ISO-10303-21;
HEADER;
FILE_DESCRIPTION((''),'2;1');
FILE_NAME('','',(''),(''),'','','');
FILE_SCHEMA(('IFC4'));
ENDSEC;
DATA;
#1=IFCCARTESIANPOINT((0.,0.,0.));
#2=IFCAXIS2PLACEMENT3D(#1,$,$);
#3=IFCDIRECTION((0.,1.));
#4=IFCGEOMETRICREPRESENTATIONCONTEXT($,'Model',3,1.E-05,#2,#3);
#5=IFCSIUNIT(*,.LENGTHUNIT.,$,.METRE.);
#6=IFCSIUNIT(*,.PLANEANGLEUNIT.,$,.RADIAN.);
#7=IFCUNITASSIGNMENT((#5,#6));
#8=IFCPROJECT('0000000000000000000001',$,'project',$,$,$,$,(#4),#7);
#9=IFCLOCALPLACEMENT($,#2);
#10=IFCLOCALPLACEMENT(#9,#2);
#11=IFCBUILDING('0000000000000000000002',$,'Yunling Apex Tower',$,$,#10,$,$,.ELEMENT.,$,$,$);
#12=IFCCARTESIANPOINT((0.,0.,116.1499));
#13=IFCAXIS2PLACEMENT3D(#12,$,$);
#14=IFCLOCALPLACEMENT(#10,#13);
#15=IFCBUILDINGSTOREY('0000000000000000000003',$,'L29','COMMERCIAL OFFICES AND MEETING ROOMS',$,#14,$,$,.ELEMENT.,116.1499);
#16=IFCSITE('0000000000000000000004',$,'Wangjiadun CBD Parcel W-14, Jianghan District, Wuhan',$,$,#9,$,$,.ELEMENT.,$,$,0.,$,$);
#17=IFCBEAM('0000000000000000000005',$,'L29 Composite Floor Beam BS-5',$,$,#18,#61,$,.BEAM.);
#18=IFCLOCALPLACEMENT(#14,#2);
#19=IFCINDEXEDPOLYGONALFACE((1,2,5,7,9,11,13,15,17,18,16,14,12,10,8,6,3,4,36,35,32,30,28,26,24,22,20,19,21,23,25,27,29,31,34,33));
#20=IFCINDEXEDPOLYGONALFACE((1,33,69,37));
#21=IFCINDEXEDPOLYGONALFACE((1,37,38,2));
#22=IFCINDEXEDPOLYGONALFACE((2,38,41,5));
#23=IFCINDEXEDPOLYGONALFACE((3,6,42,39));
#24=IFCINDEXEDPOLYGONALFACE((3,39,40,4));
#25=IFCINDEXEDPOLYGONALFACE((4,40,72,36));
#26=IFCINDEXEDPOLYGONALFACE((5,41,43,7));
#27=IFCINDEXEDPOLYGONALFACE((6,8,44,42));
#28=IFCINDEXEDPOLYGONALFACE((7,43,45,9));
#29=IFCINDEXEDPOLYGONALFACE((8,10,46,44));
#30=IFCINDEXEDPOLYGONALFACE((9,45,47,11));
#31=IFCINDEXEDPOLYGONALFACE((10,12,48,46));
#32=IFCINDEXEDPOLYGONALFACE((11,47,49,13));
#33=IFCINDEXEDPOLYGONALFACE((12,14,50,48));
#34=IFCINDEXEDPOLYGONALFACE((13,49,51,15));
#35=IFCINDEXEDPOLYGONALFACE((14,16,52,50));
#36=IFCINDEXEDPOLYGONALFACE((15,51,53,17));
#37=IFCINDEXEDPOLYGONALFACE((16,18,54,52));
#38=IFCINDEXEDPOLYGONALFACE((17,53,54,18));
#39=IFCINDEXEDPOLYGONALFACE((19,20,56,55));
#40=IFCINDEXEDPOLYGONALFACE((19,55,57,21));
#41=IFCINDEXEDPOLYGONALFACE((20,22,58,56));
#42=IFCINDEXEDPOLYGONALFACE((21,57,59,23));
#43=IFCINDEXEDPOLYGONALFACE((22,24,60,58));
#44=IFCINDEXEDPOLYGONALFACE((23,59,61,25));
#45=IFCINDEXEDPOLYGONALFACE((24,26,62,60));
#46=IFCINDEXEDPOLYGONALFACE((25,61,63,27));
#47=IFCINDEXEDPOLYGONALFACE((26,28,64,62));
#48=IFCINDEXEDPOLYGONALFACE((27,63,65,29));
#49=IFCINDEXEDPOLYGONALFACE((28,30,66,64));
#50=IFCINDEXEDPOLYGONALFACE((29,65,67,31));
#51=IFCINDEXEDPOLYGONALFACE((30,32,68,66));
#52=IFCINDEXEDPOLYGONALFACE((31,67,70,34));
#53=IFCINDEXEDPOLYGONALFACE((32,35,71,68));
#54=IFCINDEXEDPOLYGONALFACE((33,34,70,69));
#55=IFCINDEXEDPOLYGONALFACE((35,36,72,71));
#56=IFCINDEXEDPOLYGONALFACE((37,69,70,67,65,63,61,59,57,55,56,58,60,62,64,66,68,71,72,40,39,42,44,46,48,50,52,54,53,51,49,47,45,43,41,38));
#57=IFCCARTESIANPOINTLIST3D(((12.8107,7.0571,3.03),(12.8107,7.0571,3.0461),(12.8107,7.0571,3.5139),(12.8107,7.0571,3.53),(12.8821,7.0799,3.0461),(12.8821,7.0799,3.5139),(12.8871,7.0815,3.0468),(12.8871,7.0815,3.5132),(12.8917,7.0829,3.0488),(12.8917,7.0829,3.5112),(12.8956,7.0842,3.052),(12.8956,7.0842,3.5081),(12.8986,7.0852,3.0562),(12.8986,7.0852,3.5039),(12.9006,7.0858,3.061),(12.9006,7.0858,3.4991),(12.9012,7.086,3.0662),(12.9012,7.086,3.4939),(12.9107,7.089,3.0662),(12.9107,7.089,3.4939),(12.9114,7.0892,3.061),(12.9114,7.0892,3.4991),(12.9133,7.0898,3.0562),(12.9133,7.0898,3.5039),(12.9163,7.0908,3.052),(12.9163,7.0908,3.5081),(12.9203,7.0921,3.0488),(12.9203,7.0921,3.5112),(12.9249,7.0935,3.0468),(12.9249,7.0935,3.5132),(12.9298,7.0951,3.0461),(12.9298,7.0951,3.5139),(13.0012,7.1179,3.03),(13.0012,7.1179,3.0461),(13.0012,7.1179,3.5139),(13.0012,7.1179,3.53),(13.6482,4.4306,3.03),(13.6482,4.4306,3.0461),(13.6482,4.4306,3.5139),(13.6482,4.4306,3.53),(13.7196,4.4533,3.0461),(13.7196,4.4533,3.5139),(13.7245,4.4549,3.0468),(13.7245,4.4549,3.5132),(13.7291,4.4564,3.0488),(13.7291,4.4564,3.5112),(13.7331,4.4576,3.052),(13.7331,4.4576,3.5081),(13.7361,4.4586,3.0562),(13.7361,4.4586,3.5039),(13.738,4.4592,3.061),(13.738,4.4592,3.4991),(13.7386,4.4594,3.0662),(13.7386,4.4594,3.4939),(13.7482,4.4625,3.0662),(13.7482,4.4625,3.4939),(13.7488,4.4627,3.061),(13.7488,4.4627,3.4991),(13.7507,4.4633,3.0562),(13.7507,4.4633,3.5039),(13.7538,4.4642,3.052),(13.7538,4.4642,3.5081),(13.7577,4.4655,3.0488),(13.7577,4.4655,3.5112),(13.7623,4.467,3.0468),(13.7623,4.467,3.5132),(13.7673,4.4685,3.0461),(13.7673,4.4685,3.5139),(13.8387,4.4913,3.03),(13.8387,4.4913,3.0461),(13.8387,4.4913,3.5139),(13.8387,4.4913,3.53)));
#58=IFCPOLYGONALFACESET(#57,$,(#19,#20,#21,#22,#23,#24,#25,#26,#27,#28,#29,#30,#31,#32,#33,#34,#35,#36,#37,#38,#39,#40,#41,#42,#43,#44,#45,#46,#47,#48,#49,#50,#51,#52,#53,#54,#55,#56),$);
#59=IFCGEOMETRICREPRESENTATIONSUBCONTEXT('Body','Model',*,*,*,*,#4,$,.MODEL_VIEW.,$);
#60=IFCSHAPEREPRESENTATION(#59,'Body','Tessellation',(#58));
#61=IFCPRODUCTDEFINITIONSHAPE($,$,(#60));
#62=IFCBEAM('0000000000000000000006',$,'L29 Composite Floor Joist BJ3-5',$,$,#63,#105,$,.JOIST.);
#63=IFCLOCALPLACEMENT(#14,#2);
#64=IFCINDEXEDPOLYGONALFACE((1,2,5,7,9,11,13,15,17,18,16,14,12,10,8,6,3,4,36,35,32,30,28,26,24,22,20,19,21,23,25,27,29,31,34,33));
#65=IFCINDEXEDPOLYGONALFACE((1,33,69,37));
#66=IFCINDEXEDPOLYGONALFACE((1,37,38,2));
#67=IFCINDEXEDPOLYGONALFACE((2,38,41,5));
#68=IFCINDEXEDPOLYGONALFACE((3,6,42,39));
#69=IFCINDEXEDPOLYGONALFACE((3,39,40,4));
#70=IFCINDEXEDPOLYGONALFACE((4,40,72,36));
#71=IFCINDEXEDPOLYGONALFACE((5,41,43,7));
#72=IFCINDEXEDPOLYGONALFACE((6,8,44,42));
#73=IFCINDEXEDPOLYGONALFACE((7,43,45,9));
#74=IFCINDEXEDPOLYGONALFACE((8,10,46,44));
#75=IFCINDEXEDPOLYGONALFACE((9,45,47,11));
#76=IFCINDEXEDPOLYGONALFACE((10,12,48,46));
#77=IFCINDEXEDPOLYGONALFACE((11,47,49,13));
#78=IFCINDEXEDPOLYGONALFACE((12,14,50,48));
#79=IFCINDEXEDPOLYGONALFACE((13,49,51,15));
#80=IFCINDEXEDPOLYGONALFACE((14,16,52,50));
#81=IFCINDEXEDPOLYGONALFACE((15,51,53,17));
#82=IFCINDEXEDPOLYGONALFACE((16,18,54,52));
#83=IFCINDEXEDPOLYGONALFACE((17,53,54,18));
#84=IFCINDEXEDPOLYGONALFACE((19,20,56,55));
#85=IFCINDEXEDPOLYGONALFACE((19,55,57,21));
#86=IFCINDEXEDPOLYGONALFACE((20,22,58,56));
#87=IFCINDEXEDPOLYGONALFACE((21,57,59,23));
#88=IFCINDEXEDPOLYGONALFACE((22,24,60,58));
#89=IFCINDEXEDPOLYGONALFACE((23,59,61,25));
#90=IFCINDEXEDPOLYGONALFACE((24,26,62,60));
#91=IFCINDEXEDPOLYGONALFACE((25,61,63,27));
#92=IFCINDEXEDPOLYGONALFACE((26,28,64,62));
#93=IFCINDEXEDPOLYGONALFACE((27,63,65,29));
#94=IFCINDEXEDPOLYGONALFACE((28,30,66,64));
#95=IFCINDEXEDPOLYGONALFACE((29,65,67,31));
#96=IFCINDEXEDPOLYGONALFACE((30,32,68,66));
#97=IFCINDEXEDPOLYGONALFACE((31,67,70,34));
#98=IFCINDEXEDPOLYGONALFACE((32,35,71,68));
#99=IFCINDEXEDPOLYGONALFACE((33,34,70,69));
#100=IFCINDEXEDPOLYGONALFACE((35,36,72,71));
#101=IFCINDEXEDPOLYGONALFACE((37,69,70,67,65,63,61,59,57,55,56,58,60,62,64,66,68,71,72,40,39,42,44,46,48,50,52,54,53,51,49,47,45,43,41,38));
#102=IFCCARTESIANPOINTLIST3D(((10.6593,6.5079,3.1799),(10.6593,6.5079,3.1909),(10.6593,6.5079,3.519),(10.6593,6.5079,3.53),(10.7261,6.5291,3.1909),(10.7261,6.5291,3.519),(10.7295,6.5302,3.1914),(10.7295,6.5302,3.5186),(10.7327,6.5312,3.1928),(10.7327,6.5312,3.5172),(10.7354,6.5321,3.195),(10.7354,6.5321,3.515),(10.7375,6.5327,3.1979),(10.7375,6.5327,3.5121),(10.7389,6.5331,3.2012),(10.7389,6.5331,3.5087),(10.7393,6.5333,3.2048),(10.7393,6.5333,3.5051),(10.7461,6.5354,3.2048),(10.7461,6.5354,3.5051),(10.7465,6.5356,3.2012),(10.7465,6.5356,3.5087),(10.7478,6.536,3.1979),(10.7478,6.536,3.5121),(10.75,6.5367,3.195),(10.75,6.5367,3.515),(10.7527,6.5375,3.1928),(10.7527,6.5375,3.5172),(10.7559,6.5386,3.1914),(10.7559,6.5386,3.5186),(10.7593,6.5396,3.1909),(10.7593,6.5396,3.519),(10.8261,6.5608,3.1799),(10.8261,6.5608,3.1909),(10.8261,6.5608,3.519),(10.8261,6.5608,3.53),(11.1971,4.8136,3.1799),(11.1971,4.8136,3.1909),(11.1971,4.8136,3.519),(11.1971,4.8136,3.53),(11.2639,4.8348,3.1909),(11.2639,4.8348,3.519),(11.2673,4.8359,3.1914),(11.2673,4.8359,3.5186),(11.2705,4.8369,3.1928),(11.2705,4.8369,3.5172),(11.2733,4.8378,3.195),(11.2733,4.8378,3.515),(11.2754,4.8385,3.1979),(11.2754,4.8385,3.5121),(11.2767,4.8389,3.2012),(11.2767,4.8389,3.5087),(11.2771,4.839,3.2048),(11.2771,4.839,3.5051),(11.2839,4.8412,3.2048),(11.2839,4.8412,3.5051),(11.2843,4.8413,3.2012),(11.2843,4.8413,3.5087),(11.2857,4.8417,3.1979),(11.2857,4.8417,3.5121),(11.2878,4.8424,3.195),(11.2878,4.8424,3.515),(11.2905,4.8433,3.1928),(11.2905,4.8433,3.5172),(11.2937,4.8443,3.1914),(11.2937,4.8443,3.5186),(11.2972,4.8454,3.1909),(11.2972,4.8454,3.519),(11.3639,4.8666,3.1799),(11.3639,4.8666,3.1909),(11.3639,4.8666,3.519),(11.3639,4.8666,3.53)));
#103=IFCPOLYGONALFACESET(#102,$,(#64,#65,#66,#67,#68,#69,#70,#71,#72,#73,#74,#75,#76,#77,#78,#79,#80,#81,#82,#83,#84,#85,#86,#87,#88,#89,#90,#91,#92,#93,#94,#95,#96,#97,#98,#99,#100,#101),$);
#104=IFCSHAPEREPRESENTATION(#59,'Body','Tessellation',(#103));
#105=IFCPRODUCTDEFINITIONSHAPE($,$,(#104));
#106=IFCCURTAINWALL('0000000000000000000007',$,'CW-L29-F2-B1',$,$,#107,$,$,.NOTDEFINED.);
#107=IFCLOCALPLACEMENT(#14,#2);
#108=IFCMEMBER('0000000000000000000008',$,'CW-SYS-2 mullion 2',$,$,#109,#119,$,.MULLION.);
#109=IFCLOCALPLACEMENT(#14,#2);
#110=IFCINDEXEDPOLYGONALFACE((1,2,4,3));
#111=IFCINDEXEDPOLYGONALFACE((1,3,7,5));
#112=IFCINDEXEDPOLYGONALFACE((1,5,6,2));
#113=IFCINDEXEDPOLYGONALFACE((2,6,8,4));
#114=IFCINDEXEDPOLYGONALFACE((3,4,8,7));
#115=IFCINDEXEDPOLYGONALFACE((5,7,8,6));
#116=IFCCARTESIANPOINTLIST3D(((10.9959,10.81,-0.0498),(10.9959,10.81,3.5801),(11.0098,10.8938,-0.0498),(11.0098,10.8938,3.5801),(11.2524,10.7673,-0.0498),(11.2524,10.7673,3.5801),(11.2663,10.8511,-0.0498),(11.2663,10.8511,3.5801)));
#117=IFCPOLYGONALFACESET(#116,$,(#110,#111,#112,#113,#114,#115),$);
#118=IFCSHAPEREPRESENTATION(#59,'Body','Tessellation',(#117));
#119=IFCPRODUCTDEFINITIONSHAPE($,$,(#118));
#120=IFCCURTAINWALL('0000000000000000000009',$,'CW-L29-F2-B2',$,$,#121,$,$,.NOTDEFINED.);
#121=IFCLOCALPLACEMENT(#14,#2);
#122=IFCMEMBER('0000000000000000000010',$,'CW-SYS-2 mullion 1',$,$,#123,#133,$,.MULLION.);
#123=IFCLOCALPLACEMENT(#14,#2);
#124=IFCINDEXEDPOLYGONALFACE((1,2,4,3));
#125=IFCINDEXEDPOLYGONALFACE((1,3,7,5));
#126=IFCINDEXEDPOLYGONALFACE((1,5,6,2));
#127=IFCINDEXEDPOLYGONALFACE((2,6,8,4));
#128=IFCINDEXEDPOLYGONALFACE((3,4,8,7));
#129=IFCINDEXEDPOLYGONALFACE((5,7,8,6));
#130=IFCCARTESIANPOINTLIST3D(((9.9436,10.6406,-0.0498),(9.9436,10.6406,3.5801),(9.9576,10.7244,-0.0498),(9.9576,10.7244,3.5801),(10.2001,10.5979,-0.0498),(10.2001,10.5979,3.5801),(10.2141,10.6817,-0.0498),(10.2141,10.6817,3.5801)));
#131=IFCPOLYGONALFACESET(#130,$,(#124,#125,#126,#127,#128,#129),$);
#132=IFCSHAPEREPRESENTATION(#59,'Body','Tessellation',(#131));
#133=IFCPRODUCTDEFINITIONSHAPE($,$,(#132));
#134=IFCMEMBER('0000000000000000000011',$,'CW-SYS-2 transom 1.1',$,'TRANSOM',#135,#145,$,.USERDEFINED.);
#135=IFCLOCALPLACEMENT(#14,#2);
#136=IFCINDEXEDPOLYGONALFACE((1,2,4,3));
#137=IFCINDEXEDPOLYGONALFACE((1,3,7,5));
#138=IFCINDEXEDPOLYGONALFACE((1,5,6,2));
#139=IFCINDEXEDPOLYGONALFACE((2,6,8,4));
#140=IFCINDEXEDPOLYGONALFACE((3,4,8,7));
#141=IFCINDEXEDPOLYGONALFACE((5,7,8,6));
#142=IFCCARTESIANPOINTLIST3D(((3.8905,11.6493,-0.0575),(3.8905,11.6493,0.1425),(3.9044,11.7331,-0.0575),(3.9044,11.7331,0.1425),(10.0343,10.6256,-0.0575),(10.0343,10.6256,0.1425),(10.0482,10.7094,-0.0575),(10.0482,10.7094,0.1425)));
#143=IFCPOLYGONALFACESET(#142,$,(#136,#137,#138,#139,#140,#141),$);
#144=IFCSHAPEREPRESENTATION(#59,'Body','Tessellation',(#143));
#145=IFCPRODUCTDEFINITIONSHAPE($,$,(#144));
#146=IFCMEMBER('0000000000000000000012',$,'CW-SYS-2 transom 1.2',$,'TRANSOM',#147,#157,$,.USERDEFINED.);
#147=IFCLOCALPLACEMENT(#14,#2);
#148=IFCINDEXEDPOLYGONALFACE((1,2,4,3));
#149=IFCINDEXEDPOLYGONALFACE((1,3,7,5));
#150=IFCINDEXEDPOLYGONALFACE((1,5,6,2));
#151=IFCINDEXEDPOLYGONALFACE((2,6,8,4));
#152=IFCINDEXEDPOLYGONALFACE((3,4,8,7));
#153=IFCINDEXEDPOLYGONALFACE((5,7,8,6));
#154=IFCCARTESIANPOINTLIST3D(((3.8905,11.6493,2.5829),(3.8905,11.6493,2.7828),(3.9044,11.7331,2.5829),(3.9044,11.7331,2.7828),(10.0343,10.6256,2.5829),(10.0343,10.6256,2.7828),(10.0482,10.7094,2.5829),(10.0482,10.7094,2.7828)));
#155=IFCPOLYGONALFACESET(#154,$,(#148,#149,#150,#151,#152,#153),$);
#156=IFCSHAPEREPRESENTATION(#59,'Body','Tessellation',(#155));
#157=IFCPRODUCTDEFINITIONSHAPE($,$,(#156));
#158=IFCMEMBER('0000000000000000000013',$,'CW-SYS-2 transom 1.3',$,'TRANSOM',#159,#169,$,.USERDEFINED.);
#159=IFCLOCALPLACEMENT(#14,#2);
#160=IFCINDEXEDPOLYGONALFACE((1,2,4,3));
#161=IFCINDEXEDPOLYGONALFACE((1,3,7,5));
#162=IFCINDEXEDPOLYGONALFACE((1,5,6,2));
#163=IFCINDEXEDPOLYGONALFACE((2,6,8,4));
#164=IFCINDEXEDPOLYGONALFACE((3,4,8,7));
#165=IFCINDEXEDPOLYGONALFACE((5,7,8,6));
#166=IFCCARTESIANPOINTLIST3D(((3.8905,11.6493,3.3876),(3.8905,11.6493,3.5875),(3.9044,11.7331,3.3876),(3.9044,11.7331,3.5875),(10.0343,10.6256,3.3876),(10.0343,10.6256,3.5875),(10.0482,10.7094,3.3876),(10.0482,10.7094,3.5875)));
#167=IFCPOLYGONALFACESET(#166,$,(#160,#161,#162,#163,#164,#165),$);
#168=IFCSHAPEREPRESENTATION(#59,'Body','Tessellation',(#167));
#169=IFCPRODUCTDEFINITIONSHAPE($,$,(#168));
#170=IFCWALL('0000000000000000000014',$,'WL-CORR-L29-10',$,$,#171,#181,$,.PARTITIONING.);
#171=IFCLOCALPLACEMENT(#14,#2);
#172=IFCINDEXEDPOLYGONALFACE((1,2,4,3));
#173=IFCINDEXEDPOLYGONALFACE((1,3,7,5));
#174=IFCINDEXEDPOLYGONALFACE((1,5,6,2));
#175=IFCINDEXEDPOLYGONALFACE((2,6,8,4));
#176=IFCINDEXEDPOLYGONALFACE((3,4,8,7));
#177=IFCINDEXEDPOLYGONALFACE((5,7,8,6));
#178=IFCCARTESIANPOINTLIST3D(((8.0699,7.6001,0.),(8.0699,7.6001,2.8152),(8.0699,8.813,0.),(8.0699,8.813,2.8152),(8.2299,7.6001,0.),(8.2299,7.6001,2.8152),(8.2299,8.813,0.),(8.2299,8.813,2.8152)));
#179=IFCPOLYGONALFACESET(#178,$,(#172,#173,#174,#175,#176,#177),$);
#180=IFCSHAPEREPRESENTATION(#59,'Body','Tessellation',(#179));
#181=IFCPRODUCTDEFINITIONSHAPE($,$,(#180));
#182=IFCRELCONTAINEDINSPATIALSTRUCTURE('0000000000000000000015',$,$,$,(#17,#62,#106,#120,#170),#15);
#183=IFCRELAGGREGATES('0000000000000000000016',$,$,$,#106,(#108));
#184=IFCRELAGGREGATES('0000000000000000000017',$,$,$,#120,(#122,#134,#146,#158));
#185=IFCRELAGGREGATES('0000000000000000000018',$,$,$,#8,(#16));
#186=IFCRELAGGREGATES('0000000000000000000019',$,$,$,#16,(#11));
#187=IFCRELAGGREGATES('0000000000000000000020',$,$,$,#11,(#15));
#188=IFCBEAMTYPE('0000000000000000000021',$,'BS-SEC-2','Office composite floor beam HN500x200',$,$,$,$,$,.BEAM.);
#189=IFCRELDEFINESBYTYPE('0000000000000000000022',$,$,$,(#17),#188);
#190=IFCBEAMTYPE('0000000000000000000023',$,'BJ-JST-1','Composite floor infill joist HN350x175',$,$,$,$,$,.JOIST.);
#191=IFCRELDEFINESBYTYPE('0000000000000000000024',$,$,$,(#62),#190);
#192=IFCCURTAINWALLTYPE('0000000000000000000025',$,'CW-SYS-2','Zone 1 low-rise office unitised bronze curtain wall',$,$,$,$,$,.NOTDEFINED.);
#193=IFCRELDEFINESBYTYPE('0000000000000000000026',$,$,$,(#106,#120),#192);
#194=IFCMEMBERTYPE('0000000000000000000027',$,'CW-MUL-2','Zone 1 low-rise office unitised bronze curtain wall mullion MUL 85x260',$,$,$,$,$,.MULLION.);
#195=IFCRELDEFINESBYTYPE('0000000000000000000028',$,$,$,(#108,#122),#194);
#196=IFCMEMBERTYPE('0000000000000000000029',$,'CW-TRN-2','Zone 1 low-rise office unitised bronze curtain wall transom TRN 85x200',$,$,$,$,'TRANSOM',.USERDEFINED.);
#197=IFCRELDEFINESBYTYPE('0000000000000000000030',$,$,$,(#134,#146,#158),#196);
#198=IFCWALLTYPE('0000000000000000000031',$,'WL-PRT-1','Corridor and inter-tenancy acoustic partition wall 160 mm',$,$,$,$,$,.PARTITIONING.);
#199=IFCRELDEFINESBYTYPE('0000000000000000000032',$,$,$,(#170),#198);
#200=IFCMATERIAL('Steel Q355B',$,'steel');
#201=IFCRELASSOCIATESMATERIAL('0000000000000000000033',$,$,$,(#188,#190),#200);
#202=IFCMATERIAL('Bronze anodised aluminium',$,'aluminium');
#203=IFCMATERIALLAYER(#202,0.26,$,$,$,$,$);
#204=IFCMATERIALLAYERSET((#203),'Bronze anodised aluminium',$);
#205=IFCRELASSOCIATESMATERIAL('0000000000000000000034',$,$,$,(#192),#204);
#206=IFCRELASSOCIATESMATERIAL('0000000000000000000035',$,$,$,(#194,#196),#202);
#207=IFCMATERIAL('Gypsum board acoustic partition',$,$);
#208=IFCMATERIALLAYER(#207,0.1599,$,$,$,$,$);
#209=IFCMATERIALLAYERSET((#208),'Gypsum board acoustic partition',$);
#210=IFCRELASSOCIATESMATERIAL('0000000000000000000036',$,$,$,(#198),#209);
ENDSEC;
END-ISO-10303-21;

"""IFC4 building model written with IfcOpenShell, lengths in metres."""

from ifc_helpers import new_model, si_unit, direction, frame, frame_2d, origin, origin_2d, place, context, subcontext, project, spatial, rectangle, i_section, extrude, source, transform, mapped, material, layer, layer_set, material_profile, profile_set, type_object, element, aggregate, save


model = new_model("IFC4")

# Units and contexts
model_context = context("Model", 3, precision=1e-05, world=origin(), true_north=direction((0.0, 1.0)))
body_context = subcontext(model_context, "Body", "Model", "MODEL_VIEW")
ifc_project = project(units=[si_unit("LENGTHUNIT", "METRE"), si_unit("PLANEANGLEUNIT", "RADIAN")], contexts=[model_context])

# Site, building, storey
site_placement = place(None, origin())
site = spatial("IfcSite", under=ifc_project, at=site_placement, Name="Wangjiadun CBD Parcel W-14, Jianghan District, Wuhan", CompositionType="ELEMENT", RefElevation=0.0)
building_placement = place(site_placement, origin())
building = spatial("IfcBuilding", under=site, at=building_placement, Name="Yunling Apex Tower", CompositionType="ELEMENT")
storey_placement = place(building_placement, frame((0.0, 0.0, 116.1499)))
storey = spatial("IfcBuildingStorey", under=building, at=storey_placement, Name="L29", Description="COMMERCIAL OFFICES AND MEETING ROOMS", CompositionType="ELEMENT", Elevation=116.1499)

# Beams
ifc_material_1 = material(Name="Steel Q355B", Category="steel")
ifc_material_profile_1 = material_profile(ifc_material_1, i_section(OverallWidth=0.2, OverallDepth=0.5, WebThickness=0.01, FlangeThickness=0.0161, FilletRadius=0.02, at=origin_2d()))
ifc_profile_set_1 = profile_set([ifc_material_profile_1], Name="Steel Q355B")
beam_type_1 = type_object("IfcBeamType", Name="BS-SEC-2", Description="Office composite floor beam HN500x200", PredefinedType="BEAM", material=ifc_profile_set_1)
ifc_material_profile_2 = material_profile(ifc_material_1, i_section(OverallWidth=0.175, OverallDepth=0.3501, WebThickness=0.0071, FlangeThickness=0.011, FilletRadius=0.0139, at=origin_2d()))
ifc_profile_set_2 = profile_set([ifc_material_profile_2], Name="Steel Q355B")
beam_type_2 = type_object("IfcBeamType", Name="BJ-JST-1", Description="Composite floor infill joist HN350x175", PredefinedType="JOIST", material=ifc_profile_set_2)
shared_shape_1 = source(origin(), body_context, "Body", "SweptSolid", [
    extrude(i_section(OverallWidth=0.2, OverallDepth=0.5, WebThickness=0.01, FlangeThickness=0.0161, FilletRadius=0.02, at=origin_2d()), origin(), (0.0, 0.0, 1.0), 2.7568),
])
beam_1_placement = place(storey_placement, frame((13.7434, 4.4609, 3.28), z_axis=(-0.303767, 0.952746, 0.0), x_axis=(-0.952746, -0.303767, 0.0)))
element("IfcBeam", 1, at=beam_1_placement, inside=storey, type_object=beam_type_1, Name="L29 Composite Floor Beam BS-5", PredefinedType="BEAM", context=body_context, shape_type="MappedRepresentation", body=[
    mapped(shared_shape_1, transform((0.0, 0.0, 0.0), scale=1.0)),
])
shared_shape_2 = source(origin(), body_context, "Body", "SweptSolid", [
    extrude(i_section(OverallWidth=0.175, OverallDepth=0.3501, WebThickness=0.0071, FlangeThickness=0.011, FilletRadius=0.0139, at=origin_2d()), origin(), (0.0, 0.0, 1.0), 1.7776),
])
beam_2_placement = place(storey_placement, frame((11.2805, 4.8401, 3.355), z_axis=(-0.302557, 0.953131, 0.0), x_axis=(-0.953131, -0.302557, 0.0)))
element("IfcBeam", 2, at=beam_2_placement, inside=storey, type_object=beam_type_2, Name="L29 Composite Floor Joist BJ3-5", PredefinedType="JOIST", context=body_context, shape_type="MappedRepresentation", body=[
    mapped(shared_shape_2, transform((0.0, 0.0, 0.0), scale=1.0)),
])

# Curtain wall, member
ifc_material_2 = material(Name="Bronze anodised aluminium", Category="aluminium")
ifc_layer_1 = layer(ifc_material_2, 0.26)
ifc_layer_set_1 = layer_set([ifc_layer_1], Name="Bronze anodised aluminium")
curtain_wall_type = type_object("IfcCurtainWallType", Name="CW-SYS-2", Description="Zone 1 low-rise office unitised bronze curtain wall", PredefinedType="NOTDEFINED", material=ifc_layer_set_1)
curtain_wall_1_placement = place(storey_placement, origin())
curtain_wall_1 = element("IfcCurtainWall", 3, at=curtain_wall_1_placement, inside=storey, type_object=curtain_wall_type, Name="CW-L29-F2-B1", PredefinedType="NOTDEFINED")
ifc_material_profile_3 = material_profile(ifc_material_2, rectangle(XDim=0.085, YDim=0.26, at=origin_2d()))
ifc_profile_set_3 = profile_set([ifc_material_profile_3], Name="Bronze anodised aluminium")
member_type_1 = type_object("IfcMemberType", Name="CW-MUL-2", Description="Zone 1 low-rise office unitised bronze curtain wall mullion MUL 85x260", PredefinedType="MULLION", material=ifc_profile_set_3)
shared_shape_3 = source(origin(), body_context, "Body", "SweptSolid", [
    extrude(rectangle(XDim=0.085, YDim=0.26, at=origin_2d()), origin(), (0.0, 0.0, 1.0), 3.6299),
])
member_1_placement = place(storey_placement, frame((11.1311, 10.8306, -0.0498), z_axis=(0.0, 0.0, 1.0), x_axis=(-0.16436, -0.9864, 0.0)))
member_1 = element("IfcMember", 4, at=member_1_placement, type_object=member_type_1, Name="CW-SYS-2 mullion 2", PredefinedType="MULLION", context=body_context, shape_type="MappedRepresentation", body=[
    mapped(shared_shape_3, transform((0.0, 0.0, 0.0), scale=1.0)),
])
aggregate(curtain_wall_1, [member_1])

# Curtain wall, members
curtain_wall_2_placement = place(storey_placement, origin())
curtain_wall_2 = element("IfcCurtainWall", 5, at=curtain_wall_2_placement, inside=storey, type_object=curtain_wall_type, Name="CW-L29-F2-B2", PredefinedType="NOTDEFINED")
member_2_placement = place(storey_placement, frame((10.0789, 10.6611, -0.0498), z_axis=(0.0, 0.0, 1.0), x_axis=(-0.164356, -0.986401, 0.0)))
member_2 = element("IfcMember", 6, at=member_2_placement, type_object=member_type_1, Name="CW-SYS-2 mullion 1", PredefinedType="MULLION", context=body_context, shape_type="MappedRepresentation", body=[
    mapped(shared_shape_3, transform((0.0, 0.0, 0.0), scale=1.0)),
])
ifc_material_profile_4 = material_profile(ifc_material_2, rectangle(XDim=0.085, YDim=0.2, at=origin_2d()))
ifc_profile_set_4 = profile_set([ifc_material_profile_4], Name="Bronze anodised aluminium")
member_type_2 = type_object("IfcMemberType", Name="CW-TRN-2", Description="Zone 1 low-rise office unitised bronze curtain wall transom TRN 85x200", ElementType="TRANSOM", PredefinedType="USERDEFINED", material=ifc_profile_set_4)
shared_shape_4 = source(origin(), body_context, "Body", "SweptSolid", [
    extrude(rectangle(XDim=0.085, YDim=0.2, at=origin_2d()), origin(), (0.0, 0.0, 1.0), 6.2285),
])
member_3_placement = place(storey_placement, frame((10.0413, 10.6675, 0.0425), z_axis=(-0.986401, 0.164354, 0.0), x_axis=(-0.164354, -0.986401, 0.0)))
member_3 = element("IfcMember", 7, at=member_3_placement, type_object=member_type_2, Name="CW-SYS-2 transom 1.1", ObjectType="TRANSOM", PredefinedType="USERDEFINED", context=body_context, shape_type="MappedRepresentation", body=[
    mapped(shared_shape_4, transform((0.0, 0.0, 0.0), scale=1.0)),
])
member_4_placement = place(storey_placement, frame((10.0413, 10.6675, 2.6829), z_axis=(-0.986401, 0.164354, 0.0), x_axis=(-0.164354, -0.986401, 0.0)))
member_4 = element("IfcMember", 8, at=member_4_placement, type_object=member_type_2, Name="CW-SYS-2 transom 1.2", ObjectType="TRANSOM", PredefinedType="USERDEFINED", context=body_context, shape_type="MappedRepresentation", body=[
    mapped(shared_shape_4, transform((0.0, 0.0, 0.0), scale=1.0)),
])
member_5_placement = place(storey_placement, frame((10.0413, 10.6675, 3.4875), z_axis=(-0.986401, 0.164354, 0.0), x_axis=(-0.164354, -0.986401, 0.0)))
member_5 = element("IfcMember", 9, at=member_5_placement, type_object=member_type_2, Name="CW-SYS-2 transom 1.3", ObjectType="TRANSOM", PredefinedType="USERDEFINED", context=body_context, shape_type="MappedRepresentation", body=[
    mapped(shared_shape_4, transform((0.0, 0.0, 0.0), scale=1.0)),
])
aggregate(curtain_wall_2, [member_2, member_3, member_4, member_5])

# Wall
ifc_material_3 = material(Name="Gypsum board acoustic partition")
ifc_layer_2 = layer(ifc_material_3, 0.1599)
ifc_layer_set_2 = layer_set([ifc_layer_2], Name="Gypsum board acoustic partition")
wall_type_1 = type_object("IfcWallType", Name="WL-PRT-1", Description="Corridor and inter-tenancy acoustic partition wall 160 mm", PredefinedType="PARTITIONING", material=ifc_layer_set_2)
wall_1_placement = place(storey_placement, frame((8.1499, 8.813, 0.0), z_axis=(0.0, 0.0, 1.0), x_axis=(0.0, -1.0, 0.0)))
element("IfcWall", 10, at=wall_1_placement, inside=storey, type_object=wall_type_1, Name="WL-CORR-L29-10", PredefinedType="PARTITIONING", context=body_context, shape_type="SweptSolid", body=[
    extrude(rectangle(XDim=1.2129, YDim=0.1599, at=frame_2d((0.6064, 0.0))), origin(), (0.0, 0.0, 1.0), 2.8152),
])

save(model, "model.ifc")
